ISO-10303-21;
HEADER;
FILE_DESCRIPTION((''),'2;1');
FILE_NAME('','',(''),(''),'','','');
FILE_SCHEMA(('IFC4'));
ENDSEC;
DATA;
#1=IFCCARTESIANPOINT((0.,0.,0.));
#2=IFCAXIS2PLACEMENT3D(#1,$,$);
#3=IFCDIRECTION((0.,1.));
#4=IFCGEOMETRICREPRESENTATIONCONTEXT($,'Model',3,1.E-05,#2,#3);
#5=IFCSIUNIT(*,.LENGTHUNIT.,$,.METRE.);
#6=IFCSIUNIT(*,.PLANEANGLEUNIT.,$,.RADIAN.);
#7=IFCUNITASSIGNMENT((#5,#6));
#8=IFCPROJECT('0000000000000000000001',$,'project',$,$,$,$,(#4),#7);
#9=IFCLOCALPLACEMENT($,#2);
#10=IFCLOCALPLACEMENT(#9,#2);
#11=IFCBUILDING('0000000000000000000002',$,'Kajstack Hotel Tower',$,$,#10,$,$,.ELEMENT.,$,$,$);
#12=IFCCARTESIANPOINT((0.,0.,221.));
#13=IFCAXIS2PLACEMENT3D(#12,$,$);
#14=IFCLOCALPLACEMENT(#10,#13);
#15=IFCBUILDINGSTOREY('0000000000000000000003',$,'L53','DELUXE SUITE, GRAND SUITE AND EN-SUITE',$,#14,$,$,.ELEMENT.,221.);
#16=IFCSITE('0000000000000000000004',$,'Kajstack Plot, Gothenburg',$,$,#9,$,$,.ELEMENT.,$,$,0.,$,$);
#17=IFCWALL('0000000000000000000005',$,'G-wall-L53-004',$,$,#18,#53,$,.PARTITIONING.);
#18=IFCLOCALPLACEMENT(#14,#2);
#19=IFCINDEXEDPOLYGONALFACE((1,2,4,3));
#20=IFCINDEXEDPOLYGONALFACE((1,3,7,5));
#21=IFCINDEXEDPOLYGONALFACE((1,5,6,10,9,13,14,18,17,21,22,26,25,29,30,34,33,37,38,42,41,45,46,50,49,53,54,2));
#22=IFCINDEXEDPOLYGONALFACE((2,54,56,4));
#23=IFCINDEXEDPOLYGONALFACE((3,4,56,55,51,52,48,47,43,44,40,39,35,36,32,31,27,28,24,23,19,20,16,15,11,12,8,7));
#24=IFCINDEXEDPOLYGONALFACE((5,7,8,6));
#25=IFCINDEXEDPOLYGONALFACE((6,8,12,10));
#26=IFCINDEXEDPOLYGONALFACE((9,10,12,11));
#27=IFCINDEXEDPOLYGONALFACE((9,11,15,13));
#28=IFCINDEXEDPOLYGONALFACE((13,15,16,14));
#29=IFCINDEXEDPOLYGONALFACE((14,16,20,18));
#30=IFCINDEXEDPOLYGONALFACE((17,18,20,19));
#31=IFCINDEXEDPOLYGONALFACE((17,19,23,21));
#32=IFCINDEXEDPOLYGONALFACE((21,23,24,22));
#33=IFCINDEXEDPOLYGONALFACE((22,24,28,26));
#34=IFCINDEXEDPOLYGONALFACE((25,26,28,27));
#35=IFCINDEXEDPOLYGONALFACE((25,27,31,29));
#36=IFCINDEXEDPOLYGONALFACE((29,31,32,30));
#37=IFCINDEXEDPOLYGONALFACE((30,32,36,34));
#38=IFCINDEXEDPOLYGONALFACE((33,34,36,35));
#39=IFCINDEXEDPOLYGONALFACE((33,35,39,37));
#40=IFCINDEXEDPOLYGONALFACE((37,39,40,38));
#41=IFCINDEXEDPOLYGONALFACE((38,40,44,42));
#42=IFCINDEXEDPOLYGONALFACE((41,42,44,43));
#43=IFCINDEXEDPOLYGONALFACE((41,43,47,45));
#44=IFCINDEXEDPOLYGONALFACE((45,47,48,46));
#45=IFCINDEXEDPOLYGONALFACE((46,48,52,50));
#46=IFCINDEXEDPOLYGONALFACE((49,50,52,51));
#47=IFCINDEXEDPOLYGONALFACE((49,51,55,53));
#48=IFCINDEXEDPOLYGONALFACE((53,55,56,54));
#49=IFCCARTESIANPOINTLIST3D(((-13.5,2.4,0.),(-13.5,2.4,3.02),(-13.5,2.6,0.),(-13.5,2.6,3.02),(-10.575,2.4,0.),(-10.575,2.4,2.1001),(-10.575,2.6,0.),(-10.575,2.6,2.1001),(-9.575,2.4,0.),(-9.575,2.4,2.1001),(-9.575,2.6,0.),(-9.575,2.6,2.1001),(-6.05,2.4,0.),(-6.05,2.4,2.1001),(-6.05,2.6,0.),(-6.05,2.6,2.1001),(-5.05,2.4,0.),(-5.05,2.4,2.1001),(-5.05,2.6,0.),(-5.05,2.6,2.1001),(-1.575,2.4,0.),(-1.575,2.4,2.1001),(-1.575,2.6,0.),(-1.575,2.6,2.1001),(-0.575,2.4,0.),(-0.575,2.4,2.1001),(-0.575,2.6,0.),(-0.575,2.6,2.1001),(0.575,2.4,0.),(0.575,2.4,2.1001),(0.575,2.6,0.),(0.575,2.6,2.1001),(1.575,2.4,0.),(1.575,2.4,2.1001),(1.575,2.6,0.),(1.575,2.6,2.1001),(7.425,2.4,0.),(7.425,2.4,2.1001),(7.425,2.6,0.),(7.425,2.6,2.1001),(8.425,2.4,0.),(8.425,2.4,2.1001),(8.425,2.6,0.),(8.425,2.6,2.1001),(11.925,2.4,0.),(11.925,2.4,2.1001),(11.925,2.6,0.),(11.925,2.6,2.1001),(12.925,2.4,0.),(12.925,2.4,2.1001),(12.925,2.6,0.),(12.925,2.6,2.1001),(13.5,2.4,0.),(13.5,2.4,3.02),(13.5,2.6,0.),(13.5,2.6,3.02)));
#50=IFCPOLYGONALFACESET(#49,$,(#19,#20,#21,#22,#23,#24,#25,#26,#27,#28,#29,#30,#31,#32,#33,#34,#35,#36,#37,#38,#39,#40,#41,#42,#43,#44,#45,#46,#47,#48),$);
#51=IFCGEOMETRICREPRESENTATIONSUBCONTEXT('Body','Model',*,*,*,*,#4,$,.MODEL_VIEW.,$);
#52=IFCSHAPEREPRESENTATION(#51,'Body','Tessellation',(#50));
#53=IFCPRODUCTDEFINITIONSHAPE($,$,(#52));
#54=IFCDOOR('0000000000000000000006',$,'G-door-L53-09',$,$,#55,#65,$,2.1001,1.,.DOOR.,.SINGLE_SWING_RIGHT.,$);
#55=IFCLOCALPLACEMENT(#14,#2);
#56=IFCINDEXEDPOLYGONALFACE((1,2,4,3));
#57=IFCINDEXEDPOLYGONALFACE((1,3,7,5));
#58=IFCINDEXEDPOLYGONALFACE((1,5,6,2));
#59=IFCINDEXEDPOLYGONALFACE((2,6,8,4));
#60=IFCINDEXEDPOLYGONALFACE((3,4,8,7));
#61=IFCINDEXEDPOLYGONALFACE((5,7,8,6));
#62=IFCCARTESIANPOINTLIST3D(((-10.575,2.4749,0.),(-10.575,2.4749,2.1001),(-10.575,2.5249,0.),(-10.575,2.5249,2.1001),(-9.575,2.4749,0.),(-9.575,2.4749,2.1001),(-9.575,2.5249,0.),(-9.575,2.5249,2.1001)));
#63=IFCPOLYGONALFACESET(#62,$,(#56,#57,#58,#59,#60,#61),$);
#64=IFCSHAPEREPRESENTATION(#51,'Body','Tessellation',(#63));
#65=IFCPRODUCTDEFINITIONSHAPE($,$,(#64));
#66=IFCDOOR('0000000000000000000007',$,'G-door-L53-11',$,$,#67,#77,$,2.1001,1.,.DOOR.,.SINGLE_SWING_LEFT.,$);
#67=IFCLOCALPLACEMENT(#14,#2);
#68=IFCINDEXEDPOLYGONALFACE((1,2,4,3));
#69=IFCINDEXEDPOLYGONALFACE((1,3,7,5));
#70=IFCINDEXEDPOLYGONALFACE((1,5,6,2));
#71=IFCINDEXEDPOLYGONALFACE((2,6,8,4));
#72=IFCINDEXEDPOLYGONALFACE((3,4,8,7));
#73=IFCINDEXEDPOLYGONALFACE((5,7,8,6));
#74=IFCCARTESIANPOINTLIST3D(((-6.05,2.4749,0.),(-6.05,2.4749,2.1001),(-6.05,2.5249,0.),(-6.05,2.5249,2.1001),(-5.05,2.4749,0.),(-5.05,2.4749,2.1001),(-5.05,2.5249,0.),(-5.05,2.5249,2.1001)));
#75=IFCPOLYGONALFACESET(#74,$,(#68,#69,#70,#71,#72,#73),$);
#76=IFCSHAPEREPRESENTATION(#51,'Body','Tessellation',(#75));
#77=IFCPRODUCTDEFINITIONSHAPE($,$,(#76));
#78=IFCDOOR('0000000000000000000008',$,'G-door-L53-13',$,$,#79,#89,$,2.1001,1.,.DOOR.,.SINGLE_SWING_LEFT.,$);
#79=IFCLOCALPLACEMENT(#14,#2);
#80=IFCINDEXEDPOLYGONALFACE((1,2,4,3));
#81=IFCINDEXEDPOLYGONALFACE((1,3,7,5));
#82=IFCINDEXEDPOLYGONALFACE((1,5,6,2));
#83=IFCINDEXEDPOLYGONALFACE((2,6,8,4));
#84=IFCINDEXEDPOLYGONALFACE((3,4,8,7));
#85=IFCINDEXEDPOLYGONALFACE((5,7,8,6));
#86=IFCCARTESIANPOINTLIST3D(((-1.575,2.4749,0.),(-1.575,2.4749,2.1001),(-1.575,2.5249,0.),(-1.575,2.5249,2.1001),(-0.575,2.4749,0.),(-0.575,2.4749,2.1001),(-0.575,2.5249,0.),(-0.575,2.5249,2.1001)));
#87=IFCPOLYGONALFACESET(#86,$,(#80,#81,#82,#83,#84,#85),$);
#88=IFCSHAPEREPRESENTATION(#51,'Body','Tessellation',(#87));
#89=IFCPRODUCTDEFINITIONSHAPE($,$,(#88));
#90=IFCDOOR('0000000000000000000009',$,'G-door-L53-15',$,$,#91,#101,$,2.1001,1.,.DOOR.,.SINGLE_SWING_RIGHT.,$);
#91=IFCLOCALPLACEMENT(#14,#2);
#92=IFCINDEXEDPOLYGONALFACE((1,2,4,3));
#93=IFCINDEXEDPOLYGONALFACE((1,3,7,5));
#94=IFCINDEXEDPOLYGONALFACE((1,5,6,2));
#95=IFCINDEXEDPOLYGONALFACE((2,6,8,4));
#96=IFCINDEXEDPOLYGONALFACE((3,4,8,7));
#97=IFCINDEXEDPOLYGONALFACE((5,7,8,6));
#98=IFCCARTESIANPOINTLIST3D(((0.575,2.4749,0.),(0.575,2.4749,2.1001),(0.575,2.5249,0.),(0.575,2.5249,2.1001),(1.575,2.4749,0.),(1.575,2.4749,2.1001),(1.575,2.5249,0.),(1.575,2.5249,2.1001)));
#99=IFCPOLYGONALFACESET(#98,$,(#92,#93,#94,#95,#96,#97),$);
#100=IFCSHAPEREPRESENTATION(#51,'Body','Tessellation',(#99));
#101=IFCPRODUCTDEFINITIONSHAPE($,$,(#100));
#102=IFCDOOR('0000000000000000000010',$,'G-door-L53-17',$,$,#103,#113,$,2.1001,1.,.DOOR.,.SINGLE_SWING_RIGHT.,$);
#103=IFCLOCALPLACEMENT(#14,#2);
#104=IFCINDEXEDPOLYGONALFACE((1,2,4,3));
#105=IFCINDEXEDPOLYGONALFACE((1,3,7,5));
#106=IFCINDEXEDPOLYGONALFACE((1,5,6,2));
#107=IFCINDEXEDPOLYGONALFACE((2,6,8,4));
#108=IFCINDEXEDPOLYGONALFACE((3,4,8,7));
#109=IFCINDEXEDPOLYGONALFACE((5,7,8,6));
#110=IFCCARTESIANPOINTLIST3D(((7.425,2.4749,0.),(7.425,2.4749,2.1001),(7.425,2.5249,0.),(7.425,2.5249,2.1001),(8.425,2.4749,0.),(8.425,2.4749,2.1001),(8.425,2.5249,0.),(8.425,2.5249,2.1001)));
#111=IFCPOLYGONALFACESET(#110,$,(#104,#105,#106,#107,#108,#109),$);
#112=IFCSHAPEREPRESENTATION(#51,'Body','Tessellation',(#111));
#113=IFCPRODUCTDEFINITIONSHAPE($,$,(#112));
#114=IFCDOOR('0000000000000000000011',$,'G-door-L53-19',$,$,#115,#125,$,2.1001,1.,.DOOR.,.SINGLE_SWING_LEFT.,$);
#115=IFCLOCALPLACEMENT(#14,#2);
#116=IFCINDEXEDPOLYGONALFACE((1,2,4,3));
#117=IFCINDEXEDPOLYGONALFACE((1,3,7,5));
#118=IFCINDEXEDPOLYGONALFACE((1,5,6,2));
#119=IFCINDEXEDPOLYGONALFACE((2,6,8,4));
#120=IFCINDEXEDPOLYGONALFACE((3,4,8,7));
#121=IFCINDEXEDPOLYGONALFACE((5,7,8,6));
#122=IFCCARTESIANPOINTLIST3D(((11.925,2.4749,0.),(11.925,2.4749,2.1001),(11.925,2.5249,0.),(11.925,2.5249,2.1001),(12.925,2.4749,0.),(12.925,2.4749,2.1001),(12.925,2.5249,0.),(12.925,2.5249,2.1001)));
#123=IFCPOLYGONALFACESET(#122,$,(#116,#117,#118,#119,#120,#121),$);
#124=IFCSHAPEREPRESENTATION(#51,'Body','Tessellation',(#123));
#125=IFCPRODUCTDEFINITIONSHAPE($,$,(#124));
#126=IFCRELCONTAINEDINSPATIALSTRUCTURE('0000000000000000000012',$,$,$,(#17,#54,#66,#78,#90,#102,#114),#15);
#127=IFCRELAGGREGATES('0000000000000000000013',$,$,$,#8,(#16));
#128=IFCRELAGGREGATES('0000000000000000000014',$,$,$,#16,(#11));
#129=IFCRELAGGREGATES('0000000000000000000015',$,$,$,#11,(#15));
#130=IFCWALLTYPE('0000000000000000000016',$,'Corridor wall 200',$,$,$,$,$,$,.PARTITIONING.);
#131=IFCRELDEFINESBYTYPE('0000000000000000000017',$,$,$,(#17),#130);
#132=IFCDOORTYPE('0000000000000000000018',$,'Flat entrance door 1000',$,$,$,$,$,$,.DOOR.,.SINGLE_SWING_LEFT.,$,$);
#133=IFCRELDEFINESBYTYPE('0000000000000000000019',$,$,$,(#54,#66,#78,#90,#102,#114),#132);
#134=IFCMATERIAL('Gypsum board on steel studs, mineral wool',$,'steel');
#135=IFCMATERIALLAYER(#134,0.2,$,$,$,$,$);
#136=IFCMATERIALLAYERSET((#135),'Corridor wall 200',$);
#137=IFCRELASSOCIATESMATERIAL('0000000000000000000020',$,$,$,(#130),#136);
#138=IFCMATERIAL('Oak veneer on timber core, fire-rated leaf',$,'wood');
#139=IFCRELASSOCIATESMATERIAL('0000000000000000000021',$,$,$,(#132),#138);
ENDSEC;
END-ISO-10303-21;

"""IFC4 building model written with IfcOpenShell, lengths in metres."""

from ifc_helpers import new_model, si_unit, direction, frame, frame_2d, origin, place, context, subcontext, project, spatial, rectangle, extrude, material, layer, layer_set, type_object, element, fill, save


model = new_model("IFC4")

# Units and contexts
model_context = context("Model", 3, precision=1e-05, world=origin(), true_north=direction((0.0, 1.0)))
body_context = subcontext(model_context, "Body", "Model", "MODEL_VIEW")
ifc_project = project(units=[si_unit("LENGTHUNIT", "METRE"), si_unit("PLANEANGLEUNIT", "RADIAN")], contexts=[model_context])

# Site, building, storey
site_placement = place(None, origin())
site = spatial("IfcSite", under=ifc_project, at=site_placement, Name="Kajstack Plot, Gothenburg", CompositionType="ELEMENT", RefElevation=0.0)
building_placement = place(site_placement, origin())
building = spatial("IfcBuilding", under=site, at=building_placement, Name="Kajstack Hotel Tower", CompositionType="ELEMENT")
storey_placement = place(building_placement, frame((0.0, 0.0, 221.0)))
storey = spatial("IfcBuildingStorey", under=building, at=storey_placement, Name="L53", Description="DELUXE SUITE, GRAND SUITE AND EN-SUITE", CompositionType="ELEMENT", Elevation=221.0)

# Wall, openings, doors
ifc_material_1 = material(Name="Gypsum board on steel studs, mineral wool", Category="steel")
ifc_layer_1 = layer(ifc_material_1, 0.2)
ifc_layer_set_1 = layer_set([ifc_layer_1], Name="Corridor wall 200")
wall_type_1 = type_object("IfcWallType", Name="Corridor wall 200", PredefinedType="PARTITIONING", material=ifc_layer_set_1)
wall_1_placement = place(storey_placement, frame((-13.5, 2.5, 0.0), z_axis=(0.0, 0.0, 1.0), x_axis=(1.0, 0.0, 0.0)))
wall_1 = element("IfcWall", 1, at=wall_1_placement, inside=storey, type_object=wall_type_1, Name="G-wall-L53-004", PredefinedType="PARTITIONING", context=body_context, shape_type="SweptSolid", body=[
    extrude(rectangle(XDim=27.0, YDim=0.2, at=frame_2d((13.5, 0.0))), origin(), (0.0, 0.0, 1.0), 3.02),
])
opening_1_placement = place(wall_1_placement, frame((2.925, 0.0, 0.0)))
opening_1 = element("IfcOpeningElement", 2, at=opening_1_placement, cuts=wall_1, PredefinedType="OPENING", context=body_context, shape_type="SweptSolid", body=[
    extrude(rectangle(XDim=1.0, YDim=2.1001, at=frame_2d((0.5, 1.05))), frame((0.0, 0.1099, 0.0), z_axis=(0.0, -1.0, 0.0), x_axis=(1.0, 0.0, 0.0)), (0.0, 0.0, 1.0), 0.22),
])
opening_2_placement = place(wall_1_placement, frame((7.45, 0.0, 0.0)))
opening_2 = element("IfcOpeningElement", 3, at=opening_2_placement, cuts=wall_1, PredefinedType="OPENING", context=body_context, shape_type="SweptSolid", body=[
    extrude(rectangle(XDim=1.0, YDim=2.1001, at=frame_2d((0.5, 1.05))), frame((0.0, 0.1099, 0.0), z_axis=(0.0, -1.0, 0.0), x_axis=(1.0, 0.0, 0.0)), (0.0, 0.0, 1.0), 0.22),
])
opening_3_placement = place(wall_1_placement, frame((11.925, 0.0, 0.0)))
opening_3 = element("IfcOpeningElement", 4, at=opening_3_placement, cuts=wall_1, PredefinedType="OPENING", context=body_context, shape_type="SweptSolid", body=[
    extrude(rectangle(XDim=1.0, YDim=2.1001, at=frame_2d((0.5, 1.05))), frame((0.0, 0.1099, 0.0), z_axis=(0.0, -1.0, 0.0), x_axis=(1.0, 0.0, 0.0)), (0.0, 0.0, 1.0), 0.22),
])
opening_4_placement = place(wall_1_placement, frame((14.075, 0.0, 0.0)))
opening_4 = element("IfcOpeningElement", 5, at=opening_4_placement, cuts=wall_1, PredefinedType="OPENING", context=body_context, shape_type="SweptSolid", body=[
    extrude(rectangle(XDim=1.0, YDim=2.1001, at=frame_2d((0.5, 1.05))), frame((0.0, 0.1099, 0.0), z_axis=(0.0, -1.0, 0.0), x_axis=(1.0, 0.0, 0.0)), (0.0, 0.0, 1.0), 0.22),
])
opening_5_placement = place(wall_1_placement, frame((20.925, 0.0, 0.0)))
opening_5 = element("IfcOpeningElement", 6, at=opening_5_placement, cuts=wall_1, PredefinedType="OPENING", context=body_context, shape_type="SweptSolid", body=[
    extrude(rectangle(XDim=1.0, YDim=2.1001, at=frame_2d((0.5, 1.05))), frame((0.0, 0.1099, 0.0), z_axis=(0.0, -1.0, 0.0), x_axis=(1.0, 0.0, 0.0)), (0.0, 0.0, 1.0), 0.22),
])
opening_6_placement = place(wall_1_placement, frame((25.425, 0.0, 0.0)))
opening_6 = element("IfcOpeningElement", 7, at=opening_6_placement, cuts=wall_1, PredefinedType="OPENING", context=body_context, shape_type="SweptSolid", body=[
    extrude(rectangle(XDim=1.0, YDim=2.1001, at=frame_2d((0.5, 1.05))), frame((0.0, 0.1099, 0.0), z_axis=(0.0, -1.0, 0.0), x_axis=(1.0, 0.0, 0.0)), (0.0, 0.0, 1.0), 0.22),
])
ifc_material_2 = material(Name="Oak veneer on timber core, fire-rated leaf", Category="wood")
door_type_1 = type_object("IfcDoorType", Name="Flat entrance door 1000", OperationType="SINGLE_SWING_LEFT", PredefinedType="DOOR", material=ifc_material_2)
door_1_placement = place(opening_1_placement, origin())
door_1 = element("IfcDoor", 8, at=door_1_placement, inside=storey, type_object=door_type_1, Name="G-door-L53-09", OperationType="SINGLE_SWING_RIGHT", OverallHeight=2.1001, OverallWidth=1.0, PredefinedType="DOOR", context=body_context, shape_type="SweptSolid", body=[
    extrude(rectangle(XDim=1.0, YDim=2.1001, at=frame_2d((0.5, 1.05))), frame((0.0, 0.0249, 0.0), z_axis=(0.0, -1.0, 0.0), x_axis=(1.0, 0.0, 0.0)), (0.0, 0.0, 1.0), 0.05),
])
fill(opening_1, door_1)
door_2_placement = place(opening_2_placement, origin())
door_2 = element("IfcDoor", 9, at=door_2_placement, inside=storey, type_object=door_type_1, Name="G-door-L53-11", OperationType="SINGLE_SWING_LEFT", OverallHeight=2.1001, OverallWidth=1.0, PredefinedType="DOOR", context=body_context, shape_type="SweptSolid", body=[
    extrude(rectangle(XDim=1.0, YDim=2.1001, at=frame_2d((0.5, 1.05))), frame((0.0, 0.0249, 0.0), z_axis=(0.0, -1.0, 0.0), x_axis=(1.0, 0.0, 0.0)), (0.0, 0.0, 1.0), 0.05),
])
fill(opening_2, door_2)
door_3_placement = place(opening_3_placement, origin())
door_3 = element("IfcDoor", 10, at=door_3_placement, inside=storey, type_object=door_type_1, Name="G-door-L53-13", OperationType="SINGLE_SWING_LEFT", OverallHeight=2.1001, OverallWidth=1.0, PredefinedType="DOOR", context=body_context, shape_type="SweptSolid", body=[
    extrude(rectangle(XDim=1.0, YDim=2.1001, at=frame_2d((0.5, 1.05))), frame((0.0, 0.0249, 0.0), z_axis=(0.0, -1.0, 0.0), x_axis=(1.0, 0.0, 0.0)), (0.0, 0.0, 1.0), 0.05),
])
fill(opening_3, door_3)
door_4_placement = place(opening_4_placement, origin())
door_4 = element("IfcDoor", 11, at=door_4_placement, inside=storey, type_object=door_type_1, Name="G-door-L53-15", OperationType="SINGLE_SWING_RIGHT", OverallHeight=2.1001, OverallWidth=1.0, PredefinedType="DOOR", context=body_context, shape_type="SweptSolid", body=[
    extrude(rectangle(XDim=1.0, YDim=2.1001, at=frame_2d((0.5, 1.05))), frame((0.0, 0.0249, 0.0), z_axis=(0.0, -1.0, 0.0), x_axis=(1.0, 0.0, 0.0)), (0.0, 0.0, 1.0), 0.05),
])
fill(opening_4, door_4)
door_5_placement = place(opening_5_placement, origin())
door_5 = element("IfcDoor", 12, at=door_5_placement, inside=storey, type_object=door_type_1, Name="G-door-L53-17", OperationType="SINGLE_SWING_RIGHT", OverallHeight=2.1001, OverallWidth=1.0, PredefinedType="DOOR", context=body_context, shape_type="SweptSolid", body=[
    extrude(rectangle(XDim=1.0, YDim=2.1001, at=frame_2d((0.5, 1.05))), frame((0.0, 0.0249, 0.0), z_axis=(0.0, -1.0, 0.0), x_axis=(1.0, 0.0, 0.0)), (0.0, 0.0, 1.0), 0.05),
])
fill(opening_5, door_5)
door_6_placement = place(opening_6_placement, origin())
door_6 = element("IfcDoor", 13, at=door_6_placement, inside=storey, type_object=door_type_1, Name="G-door-L53-19", OperationType="SINGLE_SWING_LEFT", OverallHeight=2.1001, OverallWidth=1.0, PredefinedType="DOOR", context=body_context, shape_type="SweptSolid", body=[
    extrude(rectangle(XDim=1.0, YDim=2.1001, at=frame_2d((0.5, 1.05))), frame((0.0, 0.0249, 0.0), z_axis=(0.0, -1.0, 0.0), x_axis=(1.0, 0.0, 0.0)), (0.0, 0.0, 1.0), 0.05),
])
fill(opening_6, door_6)

save(model, "model.ifc")
